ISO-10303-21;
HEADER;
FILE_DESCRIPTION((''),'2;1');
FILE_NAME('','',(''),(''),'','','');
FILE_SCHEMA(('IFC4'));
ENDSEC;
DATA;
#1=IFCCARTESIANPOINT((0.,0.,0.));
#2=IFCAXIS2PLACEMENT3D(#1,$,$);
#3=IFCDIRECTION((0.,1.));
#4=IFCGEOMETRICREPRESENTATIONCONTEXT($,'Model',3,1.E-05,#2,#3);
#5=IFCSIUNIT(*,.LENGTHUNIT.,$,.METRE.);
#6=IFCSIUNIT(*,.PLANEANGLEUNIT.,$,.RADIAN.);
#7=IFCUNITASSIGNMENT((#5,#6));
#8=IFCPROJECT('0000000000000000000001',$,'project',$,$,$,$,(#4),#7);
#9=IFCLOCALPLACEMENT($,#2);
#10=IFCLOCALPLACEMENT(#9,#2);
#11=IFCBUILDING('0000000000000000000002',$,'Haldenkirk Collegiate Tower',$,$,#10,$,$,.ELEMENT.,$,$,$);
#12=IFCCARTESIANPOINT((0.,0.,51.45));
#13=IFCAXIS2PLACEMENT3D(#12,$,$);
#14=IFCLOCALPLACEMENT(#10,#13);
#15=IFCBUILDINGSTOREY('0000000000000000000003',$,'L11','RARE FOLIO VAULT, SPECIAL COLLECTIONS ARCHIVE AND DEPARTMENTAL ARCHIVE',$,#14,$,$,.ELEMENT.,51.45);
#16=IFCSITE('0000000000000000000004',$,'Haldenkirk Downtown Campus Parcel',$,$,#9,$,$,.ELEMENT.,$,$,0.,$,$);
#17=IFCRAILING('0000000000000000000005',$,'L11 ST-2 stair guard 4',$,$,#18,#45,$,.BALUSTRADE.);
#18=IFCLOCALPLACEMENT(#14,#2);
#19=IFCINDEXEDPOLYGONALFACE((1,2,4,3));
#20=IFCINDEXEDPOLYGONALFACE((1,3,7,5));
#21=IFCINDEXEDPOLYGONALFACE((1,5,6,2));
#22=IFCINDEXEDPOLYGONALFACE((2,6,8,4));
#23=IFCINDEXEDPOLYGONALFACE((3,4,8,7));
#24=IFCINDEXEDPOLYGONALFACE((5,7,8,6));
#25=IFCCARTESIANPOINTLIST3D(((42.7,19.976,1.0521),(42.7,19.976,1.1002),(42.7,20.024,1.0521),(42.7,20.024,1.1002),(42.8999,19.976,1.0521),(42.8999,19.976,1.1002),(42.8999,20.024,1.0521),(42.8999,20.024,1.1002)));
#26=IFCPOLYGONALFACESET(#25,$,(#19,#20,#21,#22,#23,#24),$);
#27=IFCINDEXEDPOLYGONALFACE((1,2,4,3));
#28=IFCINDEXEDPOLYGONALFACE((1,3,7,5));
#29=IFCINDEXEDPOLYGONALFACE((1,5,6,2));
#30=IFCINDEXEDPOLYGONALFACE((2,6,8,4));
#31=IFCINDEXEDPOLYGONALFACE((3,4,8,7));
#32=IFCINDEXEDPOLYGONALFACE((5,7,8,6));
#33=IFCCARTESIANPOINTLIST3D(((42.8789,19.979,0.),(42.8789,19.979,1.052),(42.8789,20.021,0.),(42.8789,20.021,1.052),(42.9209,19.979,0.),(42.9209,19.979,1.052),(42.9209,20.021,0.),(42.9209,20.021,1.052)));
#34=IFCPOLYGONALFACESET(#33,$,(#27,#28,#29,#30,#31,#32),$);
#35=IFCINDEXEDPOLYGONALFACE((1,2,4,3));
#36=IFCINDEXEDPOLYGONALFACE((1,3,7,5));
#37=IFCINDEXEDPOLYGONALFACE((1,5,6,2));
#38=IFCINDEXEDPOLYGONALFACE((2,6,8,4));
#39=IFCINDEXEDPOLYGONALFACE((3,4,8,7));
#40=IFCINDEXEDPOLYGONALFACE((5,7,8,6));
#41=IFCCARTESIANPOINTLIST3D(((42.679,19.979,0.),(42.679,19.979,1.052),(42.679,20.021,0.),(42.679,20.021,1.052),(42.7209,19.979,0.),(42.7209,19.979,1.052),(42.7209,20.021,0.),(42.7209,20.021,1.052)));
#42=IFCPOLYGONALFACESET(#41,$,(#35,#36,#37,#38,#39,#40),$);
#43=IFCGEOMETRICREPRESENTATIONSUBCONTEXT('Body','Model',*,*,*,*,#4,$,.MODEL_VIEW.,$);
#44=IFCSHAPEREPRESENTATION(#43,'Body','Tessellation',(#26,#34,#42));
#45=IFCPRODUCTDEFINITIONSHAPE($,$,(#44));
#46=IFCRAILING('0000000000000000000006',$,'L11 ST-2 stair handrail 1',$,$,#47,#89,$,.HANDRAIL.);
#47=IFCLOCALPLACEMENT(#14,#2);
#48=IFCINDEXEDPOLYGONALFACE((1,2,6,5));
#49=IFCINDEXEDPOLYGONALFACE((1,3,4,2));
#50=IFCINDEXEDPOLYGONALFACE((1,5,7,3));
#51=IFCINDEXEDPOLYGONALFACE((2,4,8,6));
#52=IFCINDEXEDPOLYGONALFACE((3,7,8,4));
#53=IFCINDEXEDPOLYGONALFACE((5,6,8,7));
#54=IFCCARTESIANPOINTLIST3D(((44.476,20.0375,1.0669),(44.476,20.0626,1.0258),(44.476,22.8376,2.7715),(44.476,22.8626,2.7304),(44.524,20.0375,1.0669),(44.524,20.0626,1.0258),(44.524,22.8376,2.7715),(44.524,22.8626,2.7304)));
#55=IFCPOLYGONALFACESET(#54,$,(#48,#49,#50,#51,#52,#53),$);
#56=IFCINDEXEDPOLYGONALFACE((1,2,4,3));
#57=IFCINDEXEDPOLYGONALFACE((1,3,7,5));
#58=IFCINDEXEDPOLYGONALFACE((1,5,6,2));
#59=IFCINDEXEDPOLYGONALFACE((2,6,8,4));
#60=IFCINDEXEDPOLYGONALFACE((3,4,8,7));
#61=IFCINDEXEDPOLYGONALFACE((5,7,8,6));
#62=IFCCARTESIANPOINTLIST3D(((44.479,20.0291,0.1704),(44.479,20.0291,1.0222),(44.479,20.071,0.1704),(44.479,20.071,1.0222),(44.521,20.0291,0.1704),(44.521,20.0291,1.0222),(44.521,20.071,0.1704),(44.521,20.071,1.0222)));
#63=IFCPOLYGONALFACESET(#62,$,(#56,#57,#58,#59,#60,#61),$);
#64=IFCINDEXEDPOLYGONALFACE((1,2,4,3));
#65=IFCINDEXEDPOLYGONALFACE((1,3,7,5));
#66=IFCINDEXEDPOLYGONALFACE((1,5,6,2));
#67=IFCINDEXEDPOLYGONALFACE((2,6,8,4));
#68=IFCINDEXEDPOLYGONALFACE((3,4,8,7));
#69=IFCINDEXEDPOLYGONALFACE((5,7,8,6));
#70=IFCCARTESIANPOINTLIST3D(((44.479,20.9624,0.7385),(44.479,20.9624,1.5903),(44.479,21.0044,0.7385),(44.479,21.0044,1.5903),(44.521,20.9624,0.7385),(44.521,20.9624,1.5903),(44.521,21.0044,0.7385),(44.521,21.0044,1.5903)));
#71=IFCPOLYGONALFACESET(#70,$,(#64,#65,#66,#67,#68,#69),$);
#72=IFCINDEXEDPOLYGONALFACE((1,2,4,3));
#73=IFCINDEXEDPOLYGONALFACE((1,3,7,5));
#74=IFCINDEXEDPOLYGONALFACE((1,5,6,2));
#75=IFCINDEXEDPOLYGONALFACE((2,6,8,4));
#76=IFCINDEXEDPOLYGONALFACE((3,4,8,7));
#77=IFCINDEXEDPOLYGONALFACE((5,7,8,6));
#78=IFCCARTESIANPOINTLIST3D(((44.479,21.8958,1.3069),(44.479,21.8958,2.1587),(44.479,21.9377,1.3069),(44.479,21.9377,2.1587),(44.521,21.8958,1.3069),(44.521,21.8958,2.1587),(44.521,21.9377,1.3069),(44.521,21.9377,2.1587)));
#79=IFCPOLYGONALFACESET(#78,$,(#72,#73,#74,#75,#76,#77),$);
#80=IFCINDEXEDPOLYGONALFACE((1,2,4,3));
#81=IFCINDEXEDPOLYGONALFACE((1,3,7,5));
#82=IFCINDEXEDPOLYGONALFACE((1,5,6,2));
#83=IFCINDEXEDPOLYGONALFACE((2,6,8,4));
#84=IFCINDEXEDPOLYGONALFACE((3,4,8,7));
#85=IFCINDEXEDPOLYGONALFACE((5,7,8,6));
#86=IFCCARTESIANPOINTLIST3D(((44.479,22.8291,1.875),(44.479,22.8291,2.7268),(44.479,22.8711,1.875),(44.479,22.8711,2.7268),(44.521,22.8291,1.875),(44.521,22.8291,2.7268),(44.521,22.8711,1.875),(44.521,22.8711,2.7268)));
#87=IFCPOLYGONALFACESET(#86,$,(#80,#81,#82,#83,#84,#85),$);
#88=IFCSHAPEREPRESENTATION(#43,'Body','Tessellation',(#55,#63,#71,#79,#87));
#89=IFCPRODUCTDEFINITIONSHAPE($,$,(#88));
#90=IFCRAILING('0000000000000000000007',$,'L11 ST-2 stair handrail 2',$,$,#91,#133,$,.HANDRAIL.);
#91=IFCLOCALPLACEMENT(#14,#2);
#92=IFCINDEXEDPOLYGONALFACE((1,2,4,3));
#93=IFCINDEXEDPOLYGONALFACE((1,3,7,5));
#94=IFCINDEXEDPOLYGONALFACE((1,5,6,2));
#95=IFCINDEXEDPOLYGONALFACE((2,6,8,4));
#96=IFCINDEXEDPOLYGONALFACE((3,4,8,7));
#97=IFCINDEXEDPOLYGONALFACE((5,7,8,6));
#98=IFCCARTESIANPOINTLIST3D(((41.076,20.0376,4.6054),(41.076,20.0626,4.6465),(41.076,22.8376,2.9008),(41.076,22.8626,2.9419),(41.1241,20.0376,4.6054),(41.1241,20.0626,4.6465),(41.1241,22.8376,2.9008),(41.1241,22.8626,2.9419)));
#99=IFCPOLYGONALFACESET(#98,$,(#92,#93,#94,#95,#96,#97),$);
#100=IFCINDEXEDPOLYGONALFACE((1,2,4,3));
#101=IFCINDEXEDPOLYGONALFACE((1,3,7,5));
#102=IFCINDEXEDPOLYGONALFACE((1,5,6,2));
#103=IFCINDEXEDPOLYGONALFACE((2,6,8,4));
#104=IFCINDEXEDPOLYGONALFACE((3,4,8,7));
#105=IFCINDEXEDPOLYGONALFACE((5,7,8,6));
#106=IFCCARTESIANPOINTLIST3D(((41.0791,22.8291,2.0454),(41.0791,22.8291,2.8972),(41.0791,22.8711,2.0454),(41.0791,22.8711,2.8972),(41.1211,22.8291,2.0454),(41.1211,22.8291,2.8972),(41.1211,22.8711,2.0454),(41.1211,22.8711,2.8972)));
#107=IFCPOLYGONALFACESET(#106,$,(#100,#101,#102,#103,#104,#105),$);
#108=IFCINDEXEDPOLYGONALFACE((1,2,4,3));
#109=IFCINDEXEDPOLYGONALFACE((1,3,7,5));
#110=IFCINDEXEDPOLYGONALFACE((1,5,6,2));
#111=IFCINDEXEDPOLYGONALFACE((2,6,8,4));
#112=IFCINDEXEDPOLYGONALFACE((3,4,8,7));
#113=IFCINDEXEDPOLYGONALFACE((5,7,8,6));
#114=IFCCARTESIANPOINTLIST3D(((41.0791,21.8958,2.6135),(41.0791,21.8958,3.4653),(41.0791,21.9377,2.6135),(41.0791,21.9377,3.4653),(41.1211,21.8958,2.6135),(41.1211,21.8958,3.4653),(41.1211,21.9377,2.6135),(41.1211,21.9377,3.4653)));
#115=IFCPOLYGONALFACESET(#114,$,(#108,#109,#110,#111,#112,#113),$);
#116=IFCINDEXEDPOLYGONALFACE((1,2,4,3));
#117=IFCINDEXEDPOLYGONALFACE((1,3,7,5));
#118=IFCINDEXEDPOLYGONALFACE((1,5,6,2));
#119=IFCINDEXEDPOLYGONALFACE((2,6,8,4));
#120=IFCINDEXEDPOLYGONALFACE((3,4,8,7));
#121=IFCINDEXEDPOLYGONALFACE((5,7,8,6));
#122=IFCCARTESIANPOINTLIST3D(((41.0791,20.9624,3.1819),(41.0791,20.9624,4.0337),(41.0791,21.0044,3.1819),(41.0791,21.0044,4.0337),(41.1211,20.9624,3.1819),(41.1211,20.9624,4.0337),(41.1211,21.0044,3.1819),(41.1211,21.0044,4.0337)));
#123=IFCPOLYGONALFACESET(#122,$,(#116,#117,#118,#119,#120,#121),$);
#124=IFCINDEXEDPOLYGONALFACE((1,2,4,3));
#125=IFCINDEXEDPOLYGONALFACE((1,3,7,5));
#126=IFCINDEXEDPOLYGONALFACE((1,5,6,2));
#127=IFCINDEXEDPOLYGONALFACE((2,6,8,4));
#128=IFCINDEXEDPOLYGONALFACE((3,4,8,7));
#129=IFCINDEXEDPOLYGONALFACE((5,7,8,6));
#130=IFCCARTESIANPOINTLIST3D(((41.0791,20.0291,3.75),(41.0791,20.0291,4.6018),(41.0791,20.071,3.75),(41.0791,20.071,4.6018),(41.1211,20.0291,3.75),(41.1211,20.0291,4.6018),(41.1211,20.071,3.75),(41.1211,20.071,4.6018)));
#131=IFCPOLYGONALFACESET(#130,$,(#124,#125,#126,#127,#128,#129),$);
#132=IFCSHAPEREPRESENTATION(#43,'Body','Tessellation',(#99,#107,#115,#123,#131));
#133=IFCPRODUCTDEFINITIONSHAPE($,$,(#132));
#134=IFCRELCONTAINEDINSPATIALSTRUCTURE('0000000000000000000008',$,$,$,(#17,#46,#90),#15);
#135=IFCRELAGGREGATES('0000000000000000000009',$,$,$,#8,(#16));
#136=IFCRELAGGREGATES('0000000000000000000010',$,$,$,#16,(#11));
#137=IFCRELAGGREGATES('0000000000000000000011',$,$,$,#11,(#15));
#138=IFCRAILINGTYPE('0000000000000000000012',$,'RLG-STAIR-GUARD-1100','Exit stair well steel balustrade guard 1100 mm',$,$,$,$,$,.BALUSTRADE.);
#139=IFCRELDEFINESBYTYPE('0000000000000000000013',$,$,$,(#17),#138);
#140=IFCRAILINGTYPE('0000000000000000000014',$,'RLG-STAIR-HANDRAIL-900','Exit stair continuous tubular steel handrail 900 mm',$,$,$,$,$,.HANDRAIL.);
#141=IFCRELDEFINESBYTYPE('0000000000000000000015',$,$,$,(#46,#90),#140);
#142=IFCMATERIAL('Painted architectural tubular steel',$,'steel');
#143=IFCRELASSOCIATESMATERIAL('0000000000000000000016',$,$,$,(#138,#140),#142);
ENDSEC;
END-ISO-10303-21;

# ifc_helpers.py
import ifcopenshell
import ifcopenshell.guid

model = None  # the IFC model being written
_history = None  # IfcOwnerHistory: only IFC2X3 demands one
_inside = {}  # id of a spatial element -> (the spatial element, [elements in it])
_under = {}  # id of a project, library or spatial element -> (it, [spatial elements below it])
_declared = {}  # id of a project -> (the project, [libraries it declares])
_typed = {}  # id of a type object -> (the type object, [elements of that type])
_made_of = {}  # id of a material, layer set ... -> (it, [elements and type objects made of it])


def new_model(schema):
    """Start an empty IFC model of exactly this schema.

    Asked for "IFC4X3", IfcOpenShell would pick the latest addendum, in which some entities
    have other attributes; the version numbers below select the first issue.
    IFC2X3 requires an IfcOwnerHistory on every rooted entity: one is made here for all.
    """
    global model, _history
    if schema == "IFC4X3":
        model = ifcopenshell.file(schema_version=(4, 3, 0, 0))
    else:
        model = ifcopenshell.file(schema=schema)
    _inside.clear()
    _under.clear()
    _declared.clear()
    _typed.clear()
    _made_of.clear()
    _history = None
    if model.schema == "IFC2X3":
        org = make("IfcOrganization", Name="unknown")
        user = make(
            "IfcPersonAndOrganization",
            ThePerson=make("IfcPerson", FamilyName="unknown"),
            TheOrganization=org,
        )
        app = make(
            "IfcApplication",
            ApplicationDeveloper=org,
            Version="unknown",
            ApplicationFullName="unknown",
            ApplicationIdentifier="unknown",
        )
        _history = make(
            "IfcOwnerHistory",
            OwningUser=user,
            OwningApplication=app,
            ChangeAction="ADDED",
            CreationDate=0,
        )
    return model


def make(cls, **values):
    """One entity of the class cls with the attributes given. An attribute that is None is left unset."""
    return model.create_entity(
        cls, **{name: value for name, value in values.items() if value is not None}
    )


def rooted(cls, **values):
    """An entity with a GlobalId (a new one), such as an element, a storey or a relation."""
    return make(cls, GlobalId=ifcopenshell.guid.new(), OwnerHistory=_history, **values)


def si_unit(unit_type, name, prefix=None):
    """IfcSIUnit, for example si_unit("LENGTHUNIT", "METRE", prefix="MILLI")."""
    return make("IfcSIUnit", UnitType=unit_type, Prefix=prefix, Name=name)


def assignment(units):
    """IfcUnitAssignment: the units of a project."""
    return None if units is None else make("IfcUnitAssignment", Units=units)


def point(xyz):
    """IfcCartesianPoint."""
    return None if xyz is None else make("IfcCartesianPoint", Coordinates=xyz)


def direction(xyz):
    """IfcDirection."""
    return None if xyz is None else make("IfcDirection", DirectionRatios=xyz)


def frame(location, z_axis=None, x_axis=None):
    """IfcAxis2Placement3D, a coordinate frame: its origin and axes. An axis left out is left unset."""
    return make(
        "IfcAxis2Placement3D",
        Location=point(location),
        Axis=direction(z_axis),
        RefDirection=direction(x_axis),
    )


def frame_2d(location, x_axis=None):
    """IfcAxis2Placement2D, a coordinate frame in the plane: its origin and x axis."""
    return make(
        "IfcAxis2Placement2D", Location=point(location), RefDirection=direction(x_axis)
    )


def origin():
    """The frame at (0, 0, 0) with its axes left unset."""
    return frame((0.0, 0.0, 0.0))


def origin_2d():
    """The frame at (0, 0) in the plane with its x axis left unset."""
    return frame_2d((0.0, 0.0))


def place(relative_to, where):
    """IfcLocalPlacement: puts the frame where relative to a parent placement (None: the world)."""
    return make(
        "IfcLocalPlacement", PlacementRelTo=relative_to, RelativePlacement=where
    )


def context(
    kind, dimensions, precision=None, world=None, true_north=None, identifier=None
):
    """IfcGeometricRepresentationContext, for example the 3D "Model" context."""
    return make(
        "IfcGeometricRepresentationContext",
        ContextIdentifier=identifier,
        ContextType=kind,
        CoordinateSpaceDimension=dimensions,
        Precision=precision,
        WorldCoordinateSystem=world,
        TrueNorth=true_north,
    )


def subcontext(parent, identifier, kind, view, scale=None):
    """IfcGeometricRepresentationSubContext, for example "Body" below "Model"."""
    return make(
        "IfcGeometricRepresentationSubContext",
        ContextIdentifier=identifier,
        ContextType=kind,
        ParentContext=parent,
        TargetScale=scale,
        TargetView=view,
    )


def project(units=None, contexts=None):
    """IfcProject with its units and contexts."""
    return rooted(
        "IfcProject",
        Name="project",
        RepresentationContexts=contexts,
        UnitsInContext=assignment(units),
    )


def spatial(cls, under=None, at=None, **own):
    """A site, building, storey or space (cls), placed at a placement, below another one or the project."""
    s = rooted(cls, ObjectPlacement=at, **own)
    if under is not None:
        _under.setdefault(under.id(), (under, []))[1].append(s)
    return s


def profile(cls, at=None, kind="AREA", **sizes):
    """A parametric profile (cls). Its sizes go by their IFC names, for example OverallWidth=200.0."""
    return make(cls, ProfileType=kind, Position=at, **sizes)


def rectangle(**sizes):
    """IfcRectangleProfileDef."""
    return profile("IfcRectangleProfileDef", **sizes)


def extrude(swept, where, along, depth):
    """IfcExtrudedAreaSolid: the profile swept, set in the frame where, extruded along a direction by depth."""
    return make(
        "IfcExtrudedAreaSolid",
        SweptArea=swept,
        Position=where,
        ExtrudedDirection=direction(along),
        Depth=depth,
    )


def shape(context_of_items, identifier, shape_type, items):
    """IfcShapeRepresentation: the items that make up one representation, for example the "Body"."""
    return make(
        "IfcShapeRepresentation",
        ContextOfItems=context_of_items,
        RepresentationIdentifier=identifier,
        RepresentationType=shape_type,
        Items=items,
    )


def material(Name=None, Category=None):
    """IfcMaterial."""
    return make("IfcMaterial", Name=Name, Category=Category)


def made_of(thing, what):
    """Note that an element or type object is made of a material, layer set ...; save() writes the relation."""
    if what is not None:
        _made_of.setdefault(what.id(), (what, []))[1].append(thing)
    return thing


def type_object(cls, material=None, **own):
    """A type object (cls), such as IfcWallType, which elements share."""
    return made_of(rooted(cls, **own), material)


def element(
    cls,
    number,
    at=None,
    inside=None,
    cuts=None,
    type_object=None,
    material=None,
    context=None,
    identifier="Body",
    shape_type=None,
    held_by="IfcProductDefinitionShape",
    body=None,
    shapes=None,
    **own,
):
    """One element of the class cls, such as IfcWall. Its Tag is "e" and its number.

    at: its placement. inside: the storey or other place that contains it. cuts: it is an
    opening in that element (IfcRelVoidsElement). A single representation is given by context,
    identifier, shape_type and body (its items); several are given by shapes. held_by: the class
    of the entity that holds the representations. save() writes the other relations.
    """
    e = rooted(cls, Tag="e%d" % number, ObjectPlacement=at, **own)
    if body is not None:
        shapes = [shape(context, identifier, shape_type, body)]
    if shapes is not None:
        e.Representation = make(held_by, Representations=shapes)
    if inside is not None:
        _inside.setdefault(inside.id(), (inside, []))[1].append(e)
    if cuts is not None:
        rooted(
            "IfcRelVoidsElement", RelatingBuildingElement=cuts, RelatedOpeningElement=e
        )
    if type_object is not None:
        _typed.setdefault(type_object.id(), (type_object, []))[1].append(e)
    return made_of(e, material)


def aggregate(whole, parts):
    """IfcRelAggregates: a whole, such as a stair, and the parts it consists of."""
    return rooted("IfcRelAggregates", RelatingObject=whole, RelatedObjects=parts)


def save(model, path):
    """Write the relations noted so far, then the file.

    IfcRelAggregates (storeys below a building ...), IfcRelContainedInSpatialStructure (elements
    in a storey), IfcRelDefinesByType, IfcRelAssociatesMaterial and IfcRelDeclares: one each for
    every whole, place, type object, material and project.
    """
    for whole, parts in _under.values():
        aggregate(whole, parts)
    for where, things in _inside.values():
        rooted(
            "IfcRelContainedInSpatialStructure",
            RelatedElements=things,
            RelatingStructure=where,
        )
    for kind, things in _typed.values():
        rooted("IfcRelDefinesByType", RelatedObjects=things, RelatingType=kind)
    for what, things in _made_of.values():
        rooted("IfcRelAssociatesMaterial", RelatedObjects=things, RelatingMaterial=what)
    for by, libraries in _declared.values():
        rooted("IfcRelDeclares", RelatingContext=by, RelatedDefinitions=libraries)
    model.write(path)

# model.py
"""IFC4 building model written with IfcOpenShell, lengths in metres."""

from ifc_helpers import new_model, si_unit, direction, frame, origin, origin_2d, place, context, subcontext, project, spatial, rectangle, extrude, material, type_object, element, save


model = new_model("IFC4")

# Units and contexts
model_context = context("Model", 3, precision=1e-05, world=origin(), true_north=direction((0.0, 1.0)))
body_context = subcontext(model_context, "Body", "Model", "MODEL_VIEW")
ifc_project = project(units=[si_unit("LENGTHUNIT", "METRE"), si_unit("PLANEANGLEUNIT", "RADIAN")], contexts=[model_context])

# Site, building, storey
site_placement = place(None, origin())
site = spatial("IfcSite", under=ifc_project, at=site_placement, Name="Haldenkirk Downtown Campus Parcel", CompositionType="ELEMENT", RefElevation=0.0)
building_placement = place(site_placement, origin())
building = spatial("IfcBuilding", under=site, at=building_placement, Name="Haldenkirk Collegiate Tower", CompositionType="ELEMENT")
storey_placement = place(building_placement, frame((0.0, 0.0, 51.45)))
storey = spatial("IfcBuildingStorey", under=building, at=storey_placement, Name="L11", Description="RARE FOLIO VAULT, SPECIAL COLLECTIONS ARCHIVE AND DEPARTMENTAL ARCHIVE", CompositionType="ELEMENT", Elevation=51.45)

# Railings
ifc_material_1 = material(Name="Painted architectural tubular steel", Category="steel")
railing_type_1 = type_object("IfcRailingType", Name="RLG-STAIR-GUARD-1100", Description="Exit stair well steel balustrade guard 1100 mm", PredefinedType="BALUSTRADE", material=ifc_material_1)
railing_1_placement = place(storey_placement, frame((42.8999, 20.0, 0.0)))
element("IfcRailing", 1, at=railing_1_placement, inside=storey, type_object=railing_type_1, Name="L11 ST-2 stair guard 4", PredefinedType="BALUSTRADE", context=body_context, shape_type="SweptSolid", body=[
    extrude(rectangle(XDim=0.0481, YDim=0.0481, at=origin_2d()), frame((0.0, 0.0, 1.0762), z_axis=(-1.0, 0.0, 0.0), x_axis=(0.0, -1.0, 0.0)), (0.0, 0.0, 1.0), 0.2),
    extrude(rectangle(XDim=0.042, YDim=0.042, at=origin_2d()), origin(), (0.0, 0.0, 1.0), 1.052),
    extrude(rectangle(XDim=0.042, YDim=0.042, at=origin_2d()), frame((-0.2, 0.0, 0.0)), (0.0, 0.0, 1.0), 1.052),
])
railing_type_2 = type_object("IfcRailingType", Name="RLG-STAIR-HANDRAIL-900", Description="Exit stair continuous tubular steel handrail 900 mm", PredefinedType="HANDRAIL", material=ifc_material_1)
railing_2_placement = place(storey_placement, frame((44.5, 20.05, 0.1704)))
element("IfcRailing", 2, at=railing_2_placement, inside=storey, type_object=railing_type_2, Name="L11 ST-2 stair handrail 1", PredefinedType="HANDRAIL", context=body_context, shape_type="SweptSolid", body=[
    extrude(rectangle(XDim=0.0481, YDim=0.0481, at=origin_2d()), frame((0.0, 0.0, 0.876), z_axis=(0.0, 0.85417, 0.519994), x_axis=(-1.0, 0.0, 0.0)), (0.0, 0.0, 1.0), 3.2781),
    extrude(rectangle(XDim=0.042, YDim=0.042, at=origin_2d()), origin(), (0.0, 0.0, 1.0), 0.8518),
    extrude(rectangle(XDim=0.042, YDim=0.042, at=origin_2d()), frame((0.0, 0.9333, 0.5681)), (0.0, 0.0, 1.0), 0.8518),
    extrude(rectangle(XDim=0.042, YDim=0.042, at=origin_2d()), frame((0.0, 1.8667, 1.1365)), (0.0, 0.0, 1.0), 0.8518),
    extrude(rectangle(XDim=0.042, YDim=0.042, at=origin_2d()), frame((0.0, 2.8, 1.7046)), (0.0, 0.0, 1.0), 0.8518),
])
railing_3_placement = place(storey_placement, frame((41.1001, 22.8501, 2.0454)))
element("IfcRailing", 3, at=railing_3_placement, inside=storey, type_object=railing_type_2, Name="L11 ST-2 stair handrail 2", PredefinedType="HANDRAIL", context=body_context, shape_type="SweptSolid", body=[
    extrude(rectangle(XDim=0.0481, YDim=0.0481, at=origin_2d()), frame((0.0, 0.0, 0.876), z_axis=(0.0, -0.85417, 0.519994), x_axis=(1.0, 0.0, 0.0)), (0.0, 0.0, 1.0), 3.2781),
    extrude(rectangle(XDim=0.042, YDim=0.042, at=origin_2d()), origin(), (0.0, 0.0, 1.0), 0.8518),
    extrude(rectangle(XDim=0.042, YDim=0.042, at=origin_2d()), frame((0.0, -0.9333, 0.5681)), (0.0, 0.0, 1.0), 0.8518),
    extrude(rectangle(XDim=0.042, YDim=0.042, at=origin_2d()), frame((0.0, -1.8667, 1.1365)), (0.0, 0.0, 1.0), 0.8518),
    extrude(rectangle(XDim=0.042, YDim=0.042, at=origin_2d()), frame((0.0, -2.8, 1.7046)), (0.0, 0.0, 1.0), 0.8518),
])

save(model, "model.ifc")
